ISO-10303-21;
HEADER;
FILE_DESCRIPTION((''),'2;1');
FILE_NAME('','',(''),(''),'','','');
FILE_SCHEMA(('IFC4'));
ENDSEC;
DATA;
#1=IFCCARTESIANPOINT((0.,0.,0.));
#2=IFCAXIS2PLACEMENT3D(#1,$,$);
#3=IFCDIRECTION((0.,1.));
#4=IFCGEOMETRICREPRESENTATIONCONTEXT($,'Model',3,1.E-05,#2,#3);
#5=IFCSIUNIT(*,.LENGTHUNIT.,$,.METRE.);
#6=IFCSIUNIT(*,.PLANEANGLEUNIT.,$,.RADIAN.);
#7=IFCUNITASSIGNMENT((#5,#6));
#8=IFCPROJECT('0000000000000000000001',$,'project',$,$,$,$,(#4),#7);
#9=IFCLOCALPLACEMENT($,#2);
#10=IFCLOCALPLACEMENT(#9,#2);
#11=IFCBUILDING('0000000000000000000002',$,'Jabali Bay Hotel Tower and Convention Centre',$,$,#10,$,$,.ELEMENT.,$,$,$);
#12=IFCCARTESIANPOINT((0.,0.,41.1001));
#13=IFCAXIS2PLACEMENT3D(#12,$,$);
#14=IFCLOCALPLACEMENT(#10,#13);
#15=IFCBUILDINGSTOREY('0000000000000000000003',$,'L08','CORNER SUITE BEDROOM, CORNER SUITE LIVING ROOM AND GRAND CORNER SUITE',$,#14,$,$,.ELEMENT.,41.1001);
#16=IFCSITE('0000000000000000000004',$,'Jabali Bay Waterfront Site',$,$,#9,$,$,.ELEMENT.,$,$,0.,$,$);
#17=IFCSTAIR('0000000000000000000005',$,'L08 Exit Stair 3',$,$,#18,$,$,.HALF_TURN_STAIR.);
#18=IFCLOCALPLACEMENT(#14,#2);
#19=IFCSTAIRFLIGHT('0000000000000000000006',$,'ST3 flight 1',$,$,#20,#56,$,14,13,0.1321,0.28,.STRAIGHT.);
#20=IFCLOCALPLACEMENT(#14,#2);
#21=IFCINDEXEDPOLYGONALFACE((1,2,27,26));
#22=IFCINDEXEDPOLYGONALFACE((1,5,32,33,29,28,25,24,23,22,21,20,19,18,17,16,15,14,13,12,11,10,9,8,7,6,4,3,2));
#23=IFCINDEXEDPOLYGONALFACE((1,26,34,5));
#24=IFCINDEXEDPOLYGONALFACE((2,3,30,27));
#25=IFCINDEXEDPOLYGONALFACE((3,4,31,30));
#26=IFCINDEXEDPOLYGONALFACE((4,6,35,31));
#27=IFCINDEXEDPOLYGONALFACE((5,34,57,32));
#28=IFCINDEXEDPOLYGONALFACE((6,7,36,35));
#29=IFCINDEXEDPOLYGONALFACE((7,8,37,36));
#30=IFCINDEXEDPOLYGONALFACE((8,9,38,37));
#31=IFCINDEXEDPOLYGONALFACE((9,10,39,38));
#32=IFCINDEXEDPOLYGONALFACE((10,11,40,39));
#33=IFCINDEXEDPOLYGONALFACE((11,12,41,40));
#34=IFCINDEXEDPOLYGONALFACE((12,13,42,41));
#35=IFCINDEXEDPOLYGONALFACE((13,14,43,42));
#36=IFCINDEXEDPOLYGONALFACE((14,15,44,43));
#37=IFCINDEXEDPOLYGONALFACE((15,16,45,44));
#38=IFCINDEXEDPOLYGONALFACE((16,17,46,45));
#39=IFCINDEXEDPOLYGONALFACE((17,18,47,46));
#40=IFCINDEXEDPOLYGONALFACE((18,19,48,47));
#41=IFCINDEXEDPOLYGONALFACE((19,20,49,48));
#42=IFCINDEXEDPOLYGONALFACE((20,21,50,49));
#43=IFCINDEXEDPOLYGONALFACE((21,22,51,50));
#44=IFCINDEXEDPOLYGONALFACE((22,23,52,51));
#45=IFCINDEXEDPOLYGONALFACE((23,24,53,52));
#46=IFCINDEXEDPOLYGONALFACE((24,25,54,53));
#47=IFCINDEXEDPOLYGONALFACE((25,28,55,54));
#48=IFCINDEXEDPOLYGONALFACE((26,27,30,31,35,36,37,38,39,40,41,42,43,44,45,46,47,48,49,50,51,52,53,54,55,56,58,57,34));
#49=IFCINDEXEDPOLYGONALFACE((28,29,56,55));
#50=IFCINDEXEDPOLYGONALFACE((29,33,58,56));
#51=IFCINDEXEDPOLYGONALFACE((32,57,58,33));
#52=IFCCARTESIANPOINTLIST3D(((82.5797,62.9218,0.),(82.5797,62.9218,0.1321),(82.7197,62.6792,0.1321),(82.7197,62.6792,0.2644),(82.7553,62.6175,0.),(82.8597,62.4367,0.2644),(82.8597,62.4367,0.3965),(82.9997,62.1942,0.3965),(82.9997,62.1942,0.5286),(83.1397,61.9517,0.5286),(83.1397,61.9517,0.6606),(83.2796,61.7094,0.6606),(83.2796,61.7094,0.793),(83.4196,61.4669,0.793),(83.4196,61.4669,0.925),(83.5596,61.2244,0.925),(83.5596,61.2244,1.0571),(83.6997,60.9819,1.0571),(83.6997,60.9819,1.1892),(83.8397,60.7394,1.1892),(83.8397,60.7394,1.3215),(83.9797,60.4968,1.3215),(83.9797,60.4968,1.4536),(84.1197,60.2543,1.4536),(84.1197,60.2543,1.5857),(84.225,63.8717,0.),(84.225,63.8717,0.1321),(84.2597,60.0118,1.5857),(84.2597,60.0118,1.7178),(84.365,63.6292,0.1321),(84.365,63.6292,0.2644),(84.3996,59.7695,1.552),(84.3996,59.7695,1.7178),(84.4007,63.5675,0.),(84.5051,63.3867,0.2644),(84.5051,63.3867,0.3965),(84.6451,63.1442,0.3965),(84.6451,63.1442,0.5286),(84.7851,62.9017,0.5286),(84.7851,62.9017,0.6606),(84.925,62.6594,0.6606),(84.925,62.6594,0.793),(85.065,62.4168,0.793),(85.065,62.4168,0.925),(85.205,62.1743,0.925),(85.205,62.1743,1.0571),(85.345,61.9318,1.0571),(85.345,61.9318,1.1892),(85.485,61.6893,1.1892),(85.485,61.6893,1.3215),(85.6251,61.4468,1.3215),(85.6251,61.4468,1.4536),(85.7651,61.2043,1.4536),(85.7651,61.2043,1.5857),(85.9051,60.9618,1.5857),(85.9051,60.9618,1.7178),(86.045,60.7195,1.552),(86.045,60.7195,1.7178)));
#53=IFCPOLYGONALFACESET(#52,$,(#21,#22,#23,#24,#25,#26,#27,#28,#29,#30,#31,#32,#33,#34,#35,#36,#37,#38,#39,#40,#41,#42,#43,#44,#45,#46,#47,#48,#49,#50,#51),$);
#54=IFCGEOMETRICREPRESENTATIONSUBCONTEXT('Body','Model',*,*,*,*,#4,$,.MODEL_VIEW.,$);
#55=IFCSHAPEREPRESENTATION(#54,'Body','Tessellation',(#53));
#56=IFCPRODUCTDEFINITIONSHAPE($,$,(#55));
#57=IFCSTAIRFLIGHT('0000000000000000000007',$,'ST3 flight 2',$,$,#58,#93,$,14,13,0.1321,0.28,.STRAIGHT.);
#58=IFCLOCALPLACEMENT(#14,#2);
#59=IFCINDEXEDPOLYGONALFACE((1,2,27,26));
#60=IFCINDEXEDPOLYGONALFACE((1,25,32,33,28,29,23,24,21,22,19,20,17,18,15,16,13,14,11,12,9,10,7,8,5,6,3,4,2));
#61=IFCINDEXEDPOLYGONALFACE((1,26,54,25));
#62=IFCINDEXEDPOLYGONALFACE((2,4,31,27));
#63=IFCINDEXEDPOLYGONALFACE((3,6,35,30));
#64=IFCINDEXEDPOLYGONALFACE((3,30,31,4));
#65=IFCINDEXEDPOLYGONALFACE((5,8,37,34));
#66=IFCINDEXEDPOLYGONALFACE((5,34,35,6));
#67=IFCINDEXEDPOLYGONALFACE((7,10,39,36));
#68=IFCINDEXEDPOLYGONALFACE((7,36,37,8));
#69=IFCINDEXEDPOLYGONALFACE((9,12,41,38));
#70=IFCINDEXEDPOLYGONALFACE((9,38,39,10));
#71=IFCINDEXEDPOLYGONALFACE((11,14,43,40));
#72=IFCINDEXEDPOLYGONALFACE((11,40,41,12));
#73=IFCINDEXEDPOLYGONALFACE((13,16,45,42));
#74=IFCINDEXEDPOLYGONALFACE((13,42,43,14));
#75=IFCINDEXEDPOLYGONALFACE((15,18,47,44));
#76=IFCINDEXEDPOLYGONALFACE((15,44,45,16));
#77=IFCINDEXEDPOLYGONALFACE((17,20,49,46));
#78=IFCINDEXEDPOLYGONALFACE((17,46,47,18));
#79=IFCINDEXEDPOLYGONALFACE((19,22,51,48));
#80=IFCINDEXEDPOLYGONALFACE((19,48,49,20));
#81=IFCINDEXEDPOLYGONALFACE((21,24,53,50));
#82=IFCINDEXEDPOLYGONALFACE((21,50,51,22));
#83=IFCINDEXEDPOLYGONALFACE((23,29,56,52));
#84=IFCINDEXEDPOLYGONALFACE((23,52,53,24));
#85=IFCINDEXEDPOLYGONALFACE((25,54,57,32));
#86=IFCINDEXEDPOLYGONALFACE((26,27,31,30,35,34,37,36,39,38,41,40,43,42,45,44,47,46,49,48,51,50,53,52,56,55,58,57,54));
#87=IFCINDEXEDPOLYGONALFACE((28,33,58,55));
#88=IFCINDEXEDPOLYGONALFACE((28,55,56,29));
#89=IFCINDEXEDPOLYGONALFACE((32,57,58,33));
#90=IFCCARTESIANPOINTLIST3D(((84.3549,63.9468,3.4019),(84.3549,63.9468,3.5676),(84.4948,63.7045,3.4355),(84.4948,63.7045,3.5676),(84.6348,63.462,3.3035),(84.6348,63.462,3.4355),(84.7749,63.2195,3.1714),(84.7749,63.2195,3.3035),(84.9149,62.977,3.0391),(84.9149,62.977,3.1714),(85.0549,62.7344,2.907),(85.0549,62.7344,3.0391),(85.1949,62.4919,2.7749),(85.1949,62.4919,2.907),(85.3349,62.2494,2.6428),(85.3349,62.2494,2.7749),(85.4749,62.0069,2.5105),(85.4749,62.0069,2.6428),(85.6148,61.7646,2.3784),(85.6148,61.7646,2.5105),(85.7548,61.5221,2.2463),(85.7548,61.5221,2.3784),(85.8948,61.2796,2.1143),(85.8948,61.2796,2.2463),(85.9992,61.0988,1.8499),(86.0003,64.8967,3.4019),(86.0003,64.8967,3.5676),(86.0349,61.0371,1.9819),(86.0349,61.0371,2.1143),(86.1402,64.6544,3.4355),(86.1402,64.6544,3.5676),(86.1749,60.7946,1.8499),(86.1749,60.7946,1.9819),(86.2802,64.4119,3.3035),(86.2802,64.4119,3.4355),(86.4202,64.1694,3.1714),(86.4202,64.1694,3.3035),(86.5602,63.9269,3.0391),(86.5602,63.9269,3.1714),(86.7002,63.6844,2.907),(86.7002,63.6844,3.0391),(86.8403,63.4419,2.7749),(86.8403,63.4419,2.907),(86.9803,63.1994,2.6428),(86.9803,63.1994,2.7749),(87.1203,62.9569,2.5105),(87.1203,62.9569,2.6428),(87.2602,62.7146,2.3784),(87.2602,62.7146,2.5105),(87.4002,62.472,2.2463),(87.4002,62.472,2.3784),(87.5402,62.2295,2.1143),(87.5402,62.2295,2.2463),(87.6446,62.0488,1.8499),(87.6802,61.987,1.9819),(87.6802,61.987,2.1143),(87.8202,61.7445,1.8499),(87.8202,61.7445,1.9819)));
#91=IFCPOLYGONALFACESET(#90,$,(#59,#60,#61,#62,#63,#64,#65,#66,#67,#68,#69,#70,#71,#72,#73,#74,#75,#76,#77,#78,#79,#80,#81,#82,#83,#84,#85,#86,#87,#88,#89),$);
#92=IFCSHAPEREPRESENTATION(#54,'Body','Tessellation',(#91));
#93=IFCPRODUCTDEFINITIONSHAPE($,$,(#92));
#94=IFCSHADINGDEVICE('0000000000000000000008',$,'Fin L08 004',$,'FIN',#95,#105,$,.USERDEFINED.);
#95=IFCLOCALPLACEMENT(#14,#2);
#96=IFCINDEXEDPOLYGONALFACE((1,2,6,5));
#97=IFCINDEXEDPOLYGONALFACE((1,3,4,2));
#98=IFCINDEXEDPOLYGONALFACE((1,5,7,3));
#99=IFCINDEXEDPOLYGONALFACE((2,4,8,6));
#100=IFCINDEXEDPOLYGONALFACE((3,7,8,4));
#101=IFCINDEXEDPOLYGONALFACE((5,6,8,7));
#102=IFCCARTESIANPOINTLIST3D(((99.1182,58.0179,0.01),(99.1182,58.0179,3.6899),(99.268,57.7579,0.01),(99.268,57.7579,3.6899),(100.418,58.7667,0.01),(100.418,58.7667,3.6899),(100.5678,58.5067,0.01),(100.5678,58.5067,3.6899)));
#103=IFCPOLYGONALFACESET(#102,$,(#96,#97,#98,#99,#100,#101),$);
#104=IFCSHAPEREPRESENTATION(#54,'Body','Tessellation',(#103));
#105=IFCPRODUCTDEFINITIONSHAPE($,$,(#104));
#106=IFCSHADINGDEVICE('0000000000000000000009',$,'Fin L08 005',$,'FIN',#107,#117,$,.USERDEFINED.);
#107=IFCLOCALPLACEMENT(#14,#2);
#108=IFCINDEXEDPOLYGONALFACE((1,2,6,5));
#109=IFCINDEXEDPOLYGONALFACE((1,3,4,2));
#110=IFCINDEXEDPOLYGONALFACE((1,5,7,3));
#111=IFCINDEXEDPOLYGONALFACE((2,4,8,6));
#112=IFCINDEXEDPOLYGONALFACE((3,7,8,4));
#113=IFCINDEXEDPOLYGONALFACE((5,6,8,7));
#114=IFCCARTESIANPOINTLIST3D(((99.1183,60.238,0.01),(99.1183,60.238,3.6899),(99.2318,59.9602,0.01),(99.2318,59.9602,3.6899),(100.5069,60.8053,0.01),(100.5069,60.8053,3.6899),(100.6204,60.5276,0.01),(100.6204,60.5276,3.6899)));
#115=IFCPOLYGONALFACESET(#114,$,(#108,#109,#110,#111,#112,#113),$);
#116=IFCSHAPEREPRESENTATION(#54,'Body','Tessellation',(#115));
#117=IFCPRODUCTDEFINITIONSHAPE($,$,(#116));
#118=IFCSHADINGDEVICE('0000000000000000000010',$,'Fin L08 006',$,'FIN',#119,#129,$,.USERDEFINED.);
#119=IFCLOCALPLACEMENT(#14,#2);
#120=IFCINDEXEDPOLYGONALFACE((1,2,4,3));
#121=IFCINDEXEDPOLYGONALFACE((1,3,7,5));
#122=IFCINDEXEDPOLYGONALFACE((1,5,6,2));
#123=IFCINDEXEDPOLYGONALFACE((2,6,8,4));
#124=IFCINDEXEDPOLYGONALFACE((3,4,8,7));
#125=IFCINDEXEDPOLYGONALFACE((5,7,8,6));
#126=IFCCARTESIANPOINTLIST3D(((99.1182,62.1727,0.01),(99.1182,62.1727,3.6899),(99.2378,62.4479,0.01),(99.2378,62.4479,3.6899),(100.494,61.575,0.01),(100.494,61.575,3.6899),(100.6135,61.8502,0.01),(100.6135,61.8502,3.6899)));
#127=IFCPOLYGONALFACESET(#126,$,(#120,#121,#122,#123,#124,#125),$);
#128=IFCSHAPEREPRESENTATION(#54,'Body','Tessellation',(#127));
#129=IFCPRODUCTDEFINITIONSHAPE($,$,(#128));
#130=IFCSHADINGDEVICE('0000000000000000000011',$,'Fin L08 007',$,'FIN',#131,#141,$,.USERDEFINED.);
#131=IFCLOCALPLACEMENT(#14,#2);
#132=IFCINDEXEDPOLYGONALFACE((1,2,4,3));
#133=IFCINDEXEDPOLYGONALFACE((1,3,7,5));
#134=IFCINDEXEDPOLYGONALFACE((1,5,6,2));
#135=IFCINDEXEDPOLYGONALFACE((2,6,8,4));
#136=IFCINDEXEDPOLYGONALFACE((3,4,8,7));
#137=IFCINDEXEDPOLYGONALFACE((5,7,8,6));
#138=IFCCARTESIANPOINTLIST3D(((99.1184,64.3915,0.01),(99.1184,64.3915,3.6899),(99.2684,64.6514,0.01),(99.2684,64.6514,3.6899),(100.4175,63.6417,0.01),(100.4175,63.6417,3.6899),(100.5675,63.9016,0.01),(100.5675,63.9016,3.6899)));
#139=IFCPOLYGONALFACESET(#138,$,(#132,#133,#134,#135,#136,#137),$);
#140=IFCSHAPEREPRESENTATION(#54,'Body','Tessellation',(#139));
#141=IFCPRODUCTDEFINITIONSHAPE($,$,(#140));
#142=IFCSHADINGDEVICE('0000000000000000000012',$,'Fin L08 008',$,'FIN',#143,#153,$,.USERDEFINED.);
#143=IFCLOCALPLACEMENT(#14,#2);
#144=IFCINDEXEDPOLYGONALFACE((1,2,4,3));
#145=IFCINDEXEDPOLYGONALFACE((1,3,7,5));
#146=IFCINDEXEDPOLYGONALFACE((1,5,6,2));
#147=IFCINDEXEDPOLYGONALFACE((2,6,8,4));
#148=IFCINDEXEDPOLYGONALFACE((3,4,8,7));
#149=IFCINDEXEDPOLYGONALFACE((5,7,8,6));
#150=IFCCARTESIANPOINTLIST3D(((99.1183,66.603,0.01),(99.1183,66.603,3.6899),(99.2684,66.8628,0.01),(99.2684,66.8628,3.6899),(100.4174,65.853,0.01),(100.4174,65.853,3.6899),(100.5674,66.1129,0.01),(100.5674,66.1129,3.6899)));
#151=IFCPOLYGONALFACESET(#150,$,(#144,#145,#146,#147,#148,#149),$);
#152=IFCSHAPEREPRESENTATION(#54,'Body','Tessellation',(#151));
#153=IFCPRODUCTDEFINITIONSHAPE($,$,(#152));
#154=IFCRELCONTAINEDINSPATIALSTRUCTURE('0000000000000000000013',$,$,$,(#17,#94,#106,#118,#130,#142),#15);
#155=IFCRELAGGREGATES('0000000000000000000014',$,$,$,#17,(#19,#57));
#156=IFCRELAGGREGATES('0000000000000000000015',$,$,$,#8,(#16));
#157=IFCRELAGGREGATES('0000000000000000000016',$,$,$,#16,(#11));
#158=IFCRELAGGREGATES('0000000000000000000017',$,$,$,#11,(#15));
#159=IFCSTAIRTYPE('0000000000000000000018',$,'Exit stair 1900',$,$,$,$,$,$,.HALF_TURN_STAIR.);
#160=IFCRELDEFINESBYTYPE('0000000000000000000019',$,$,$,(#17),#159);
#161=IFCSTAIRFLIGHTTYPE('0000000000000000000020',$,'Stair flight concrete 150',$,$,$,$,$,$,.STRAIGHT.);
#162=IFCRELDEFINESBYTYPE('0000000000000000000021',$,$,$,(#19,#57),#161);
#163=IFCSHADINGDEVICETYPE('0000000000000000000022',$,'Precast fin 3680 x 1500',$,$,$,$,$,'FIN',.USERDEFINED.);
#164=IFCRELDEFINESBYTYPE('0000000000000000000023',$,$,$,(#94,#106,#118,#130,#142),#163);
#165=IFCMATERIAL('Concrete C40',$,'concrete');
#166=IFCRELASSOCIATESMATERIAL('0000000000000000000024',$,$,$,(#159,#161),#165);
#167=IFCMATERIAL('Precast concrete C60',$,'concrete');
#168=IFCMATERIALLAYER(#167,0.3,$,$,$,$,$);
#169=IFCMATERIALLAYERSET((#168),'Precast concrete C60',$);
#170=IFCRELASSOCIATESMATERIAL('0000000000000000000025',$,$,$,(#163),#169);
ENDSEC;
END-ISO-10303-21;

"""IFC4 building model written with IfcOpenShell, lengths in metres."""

from ifc_helpers import new_model, si_unit, direction, frame, frame_2d, origin, place, context, subcontext, project, spatial, polyline, rectangle, outline, extrude, material, layer, layer_set, type_object, element, aggregate, save


model = new_model("IFC4")

# Units and contexts
model_context = context("Model", 3, precision=1e-05, world=origin(), true_north=direction((0.0, 1.0)))
body_context = subcontext(model_context, "Body", "Model", "MODEL_VIEW")
ifc_project = project(units=[si_unit("LENGTHUNIT", "METRE"), si_unit("PLANEANGLEUNIT", "RADIAN")], contexts=[model_context])

# Site, building, storey
site_placement = place(None, origin())
site = spatial("IfcSite", under=ifc_project, at=site_placement, Name="Jabali Bay Waterfront Site", CompositionType="ELEMENT", RefElevation=0.0)
building_placement = place(site_placement, origin())
building = spatial("IfcBuilding", under=site, at=building_placement, Name="Jabali Bay Hotel Tower and Convention Centre", CompositionType="ELEMENT")
storey_placement = place(building_placement, frame((0.0, 0.0, 41.1001)))
storey = spatial("IfcBuildingStorey", under=building, at=storey_placement, Name="L08", Description="CORNER SUITE BEDROOM, CORNER SUITE LIVING ROOM AND GRAND CORNER SUITE", CompositionType="ELEMENT", Elevation=41.1001)

# Shared definitions
ifc_material_1 = material(Name="Concrete C40", Category="concrete")

# Stair, stair flights
stair_type = type_object("IfcStairType", Name="Exit stair 1900", PredefinedType="HALF_TURN_STAIR", material=ifc_material_1)
stair_placement = place(storey_placement, origin())
stair = element("IfcStair", 1, at=stair_placement, inside=storey, type_object=stair_type, Name="L08 Exit Stair 3", PredefinedType="HALF_TURN_STAIR")
stair_flight_type = type_object("IfcStairFlightType", Name="Stair flight concrete 150", PredefinedType="STRAIGHT", material=ifc_material_1)
stair_flight_1_placement = place(storey_placement, frame((83.4023, 63.3967, 0.0), z_axis=(0.0, 0.0, 1.0), x_axis=(0.5, -0.866025, 0.0)))
stair_flight_1 = element("IfcStairFlight", 2, at=stair_flight_1_placement, type_object=stair_flight_type, Name="ST3 flight 1", NumberOfRisers=14, NumberOfTreads=13, PredefinedType="STRAIGHT", RiserHeight=0.1321, TreadLength=0.28, context=body_context, shape_type="SweptSolid", body=[
    extrude(outline(polyline([(0.0, 0.0), (0.0, 0.1321), (0.28, 0.1321), (0.28, 0.2644), (0.5601, 0.2644), (0.5601, 0.3965), (0.8401, 0.3965), (0.8401, 0.5286), (1.1201, 0.5286), (1.1201, 0.6606), (1.3999, 0.6606), (1.3999, 0.793), (1.6799, 0.793), (1.6799, 0.925), (1.96, 0.925), (1.96, 1.0571), (2.24, 1.0571), (2.24, 1.1892), (2.52, 1.1892), (2.52, 1.3215), (2.8, 1.3215), (2.8, 1.4536), (3.0801, 1.4536), (3.0801, 1.5857), (3.3601, 1.5857), (3.3601, 1.7178), (3.6399, 1.7178), (3.6399, 1.8501), (3.6399, 1.552), (0.3513, 0.0), (0.0, 0.0)])), frame((0.0, 0.95, 0.0), z_axis=(0.0, -1.0, 0.0), x_axis=(1.0, 0.0, 0.0)), (0.0, 0.0, 1.0), 1.8999),
])
stair_flight_2_placement = place(storey_placement, frame((86.9976, 61.2695, 1.8499), z_axis=(0.0, 0.0, 1.0), x_axis=(-0.5, 0.866025, 0.0)))
stair_flight_2 = element("IfcStairFlight", 3, at=stair_flight_2_placement, type_object=stair_flight_type, Name="ST3 flight 2", NumberOfRisers=14, NumberOfTreads=13, PredefinedType="STRAIGHT", RiserHeight=0.1321, TreadLength=0.28, context=body_context, shape_type="SweptSolid", body=[
    extrude(outline(polyline([(0.0, 0.0), (0.0, 0.1321), (0.28, 0.1321), (0.28, 0.2644), (0.5601, 0.2644), (0.5601, 0.3965), (0.8401, 0.3965), (0.8401, 0.5286), (1.1201, 0.5286), (1.1201, 0.6606), (1.3999, 0.6606), (1.3999, 0.793), (1.6799, 0.793), (1.6799, 0.925), (1.96, 0.925), (1.96, 1.0571), (2.24, 1.0571), (2.24, 1.1892), (2.52, 1.1892), (2.52, 1.3215), (2.8, 1.3215), (2.8, 1.4536), (3.0801, 1.4536), (3.0801, 1.5857), (3.3601, 1.5857), (3.3601, 1.7178), (3.6399, 1.7178), (3.6399, 1.8501), (3.6399, 1.552), (0.3513, 0.0), (0.0, 0.0)])), frame((0.0, 0.95, 0.0), z_axis=(0.0, -1.0, 0.0), x_axis=(1.0, 0.0, 0.0)), (0.0, 0.0, 1.0), 1.8999),
])
aggregate(stair, [stair_flight_1, stair_flight_2])

# Shading devices
ifc_material_2 = material(Name="Precast concrete C60", Category="concrete")
ifc_layer_1 = layer(ifc_material_2, 0.3)
ifc_layer_set_1 = layer_set([ifc_layer_1], Name="Precast concrete C60")
shading_device_type = type_object("IfcShadingDeviceType", Name="Precast fin 3680 x 1500", ElementType="FIN", PredefinedType="USERDEFINED", material=ifc_layer_set_1)
for number, where, z_axis, x_axis, name in (
    (4, (99.1931, 57.8879, 0.01), (0.0, 0.0, 1.0), (0.866505, 0.499168, 0.0), "Fin L08 004"),
    (5, (99.175, 60.0991, 0.01), (0.0, 0.0, 1.0), (0.925713, 0.378227, 0.0), "Fin L08 005"),
    (6, (99.178, 62.3103, 0.01), (0.0, 0.0, 1.0), (0.917189, -0.398452, 0.0), "Fin L08 006"),
    (7, (99.1934, 64.5215, 0.01), (0.0, 0.0, 1.0), (0.866102, -0.499868, 0.0), "Fin L08 007"),
    (8, (99.1934, 66.7329, 0.01), (0.0, 0.0, 1.0), (0.866031, -0.49999, 0.0), "Fin L08 008"),
):
    element("IfcShadingDevice", number, at=place(storey_placement, frame(where, z_axis=z_axis, x_axis=x_axis)), inside=storey, type_object=shading_device_type, Name=name, ObjectType="FIN", PredefinedType="USERDEFINED", context=body_context, shape_type="SweptSolid", body=[
        extrude(rectangle(XDim=1.5, YDim=0.3, at=frame_2d((0.75, 0.0))), origin(), (0.0, 0.0, 1.0), 3.6799),
    ])

save(model, "model.ifc")
